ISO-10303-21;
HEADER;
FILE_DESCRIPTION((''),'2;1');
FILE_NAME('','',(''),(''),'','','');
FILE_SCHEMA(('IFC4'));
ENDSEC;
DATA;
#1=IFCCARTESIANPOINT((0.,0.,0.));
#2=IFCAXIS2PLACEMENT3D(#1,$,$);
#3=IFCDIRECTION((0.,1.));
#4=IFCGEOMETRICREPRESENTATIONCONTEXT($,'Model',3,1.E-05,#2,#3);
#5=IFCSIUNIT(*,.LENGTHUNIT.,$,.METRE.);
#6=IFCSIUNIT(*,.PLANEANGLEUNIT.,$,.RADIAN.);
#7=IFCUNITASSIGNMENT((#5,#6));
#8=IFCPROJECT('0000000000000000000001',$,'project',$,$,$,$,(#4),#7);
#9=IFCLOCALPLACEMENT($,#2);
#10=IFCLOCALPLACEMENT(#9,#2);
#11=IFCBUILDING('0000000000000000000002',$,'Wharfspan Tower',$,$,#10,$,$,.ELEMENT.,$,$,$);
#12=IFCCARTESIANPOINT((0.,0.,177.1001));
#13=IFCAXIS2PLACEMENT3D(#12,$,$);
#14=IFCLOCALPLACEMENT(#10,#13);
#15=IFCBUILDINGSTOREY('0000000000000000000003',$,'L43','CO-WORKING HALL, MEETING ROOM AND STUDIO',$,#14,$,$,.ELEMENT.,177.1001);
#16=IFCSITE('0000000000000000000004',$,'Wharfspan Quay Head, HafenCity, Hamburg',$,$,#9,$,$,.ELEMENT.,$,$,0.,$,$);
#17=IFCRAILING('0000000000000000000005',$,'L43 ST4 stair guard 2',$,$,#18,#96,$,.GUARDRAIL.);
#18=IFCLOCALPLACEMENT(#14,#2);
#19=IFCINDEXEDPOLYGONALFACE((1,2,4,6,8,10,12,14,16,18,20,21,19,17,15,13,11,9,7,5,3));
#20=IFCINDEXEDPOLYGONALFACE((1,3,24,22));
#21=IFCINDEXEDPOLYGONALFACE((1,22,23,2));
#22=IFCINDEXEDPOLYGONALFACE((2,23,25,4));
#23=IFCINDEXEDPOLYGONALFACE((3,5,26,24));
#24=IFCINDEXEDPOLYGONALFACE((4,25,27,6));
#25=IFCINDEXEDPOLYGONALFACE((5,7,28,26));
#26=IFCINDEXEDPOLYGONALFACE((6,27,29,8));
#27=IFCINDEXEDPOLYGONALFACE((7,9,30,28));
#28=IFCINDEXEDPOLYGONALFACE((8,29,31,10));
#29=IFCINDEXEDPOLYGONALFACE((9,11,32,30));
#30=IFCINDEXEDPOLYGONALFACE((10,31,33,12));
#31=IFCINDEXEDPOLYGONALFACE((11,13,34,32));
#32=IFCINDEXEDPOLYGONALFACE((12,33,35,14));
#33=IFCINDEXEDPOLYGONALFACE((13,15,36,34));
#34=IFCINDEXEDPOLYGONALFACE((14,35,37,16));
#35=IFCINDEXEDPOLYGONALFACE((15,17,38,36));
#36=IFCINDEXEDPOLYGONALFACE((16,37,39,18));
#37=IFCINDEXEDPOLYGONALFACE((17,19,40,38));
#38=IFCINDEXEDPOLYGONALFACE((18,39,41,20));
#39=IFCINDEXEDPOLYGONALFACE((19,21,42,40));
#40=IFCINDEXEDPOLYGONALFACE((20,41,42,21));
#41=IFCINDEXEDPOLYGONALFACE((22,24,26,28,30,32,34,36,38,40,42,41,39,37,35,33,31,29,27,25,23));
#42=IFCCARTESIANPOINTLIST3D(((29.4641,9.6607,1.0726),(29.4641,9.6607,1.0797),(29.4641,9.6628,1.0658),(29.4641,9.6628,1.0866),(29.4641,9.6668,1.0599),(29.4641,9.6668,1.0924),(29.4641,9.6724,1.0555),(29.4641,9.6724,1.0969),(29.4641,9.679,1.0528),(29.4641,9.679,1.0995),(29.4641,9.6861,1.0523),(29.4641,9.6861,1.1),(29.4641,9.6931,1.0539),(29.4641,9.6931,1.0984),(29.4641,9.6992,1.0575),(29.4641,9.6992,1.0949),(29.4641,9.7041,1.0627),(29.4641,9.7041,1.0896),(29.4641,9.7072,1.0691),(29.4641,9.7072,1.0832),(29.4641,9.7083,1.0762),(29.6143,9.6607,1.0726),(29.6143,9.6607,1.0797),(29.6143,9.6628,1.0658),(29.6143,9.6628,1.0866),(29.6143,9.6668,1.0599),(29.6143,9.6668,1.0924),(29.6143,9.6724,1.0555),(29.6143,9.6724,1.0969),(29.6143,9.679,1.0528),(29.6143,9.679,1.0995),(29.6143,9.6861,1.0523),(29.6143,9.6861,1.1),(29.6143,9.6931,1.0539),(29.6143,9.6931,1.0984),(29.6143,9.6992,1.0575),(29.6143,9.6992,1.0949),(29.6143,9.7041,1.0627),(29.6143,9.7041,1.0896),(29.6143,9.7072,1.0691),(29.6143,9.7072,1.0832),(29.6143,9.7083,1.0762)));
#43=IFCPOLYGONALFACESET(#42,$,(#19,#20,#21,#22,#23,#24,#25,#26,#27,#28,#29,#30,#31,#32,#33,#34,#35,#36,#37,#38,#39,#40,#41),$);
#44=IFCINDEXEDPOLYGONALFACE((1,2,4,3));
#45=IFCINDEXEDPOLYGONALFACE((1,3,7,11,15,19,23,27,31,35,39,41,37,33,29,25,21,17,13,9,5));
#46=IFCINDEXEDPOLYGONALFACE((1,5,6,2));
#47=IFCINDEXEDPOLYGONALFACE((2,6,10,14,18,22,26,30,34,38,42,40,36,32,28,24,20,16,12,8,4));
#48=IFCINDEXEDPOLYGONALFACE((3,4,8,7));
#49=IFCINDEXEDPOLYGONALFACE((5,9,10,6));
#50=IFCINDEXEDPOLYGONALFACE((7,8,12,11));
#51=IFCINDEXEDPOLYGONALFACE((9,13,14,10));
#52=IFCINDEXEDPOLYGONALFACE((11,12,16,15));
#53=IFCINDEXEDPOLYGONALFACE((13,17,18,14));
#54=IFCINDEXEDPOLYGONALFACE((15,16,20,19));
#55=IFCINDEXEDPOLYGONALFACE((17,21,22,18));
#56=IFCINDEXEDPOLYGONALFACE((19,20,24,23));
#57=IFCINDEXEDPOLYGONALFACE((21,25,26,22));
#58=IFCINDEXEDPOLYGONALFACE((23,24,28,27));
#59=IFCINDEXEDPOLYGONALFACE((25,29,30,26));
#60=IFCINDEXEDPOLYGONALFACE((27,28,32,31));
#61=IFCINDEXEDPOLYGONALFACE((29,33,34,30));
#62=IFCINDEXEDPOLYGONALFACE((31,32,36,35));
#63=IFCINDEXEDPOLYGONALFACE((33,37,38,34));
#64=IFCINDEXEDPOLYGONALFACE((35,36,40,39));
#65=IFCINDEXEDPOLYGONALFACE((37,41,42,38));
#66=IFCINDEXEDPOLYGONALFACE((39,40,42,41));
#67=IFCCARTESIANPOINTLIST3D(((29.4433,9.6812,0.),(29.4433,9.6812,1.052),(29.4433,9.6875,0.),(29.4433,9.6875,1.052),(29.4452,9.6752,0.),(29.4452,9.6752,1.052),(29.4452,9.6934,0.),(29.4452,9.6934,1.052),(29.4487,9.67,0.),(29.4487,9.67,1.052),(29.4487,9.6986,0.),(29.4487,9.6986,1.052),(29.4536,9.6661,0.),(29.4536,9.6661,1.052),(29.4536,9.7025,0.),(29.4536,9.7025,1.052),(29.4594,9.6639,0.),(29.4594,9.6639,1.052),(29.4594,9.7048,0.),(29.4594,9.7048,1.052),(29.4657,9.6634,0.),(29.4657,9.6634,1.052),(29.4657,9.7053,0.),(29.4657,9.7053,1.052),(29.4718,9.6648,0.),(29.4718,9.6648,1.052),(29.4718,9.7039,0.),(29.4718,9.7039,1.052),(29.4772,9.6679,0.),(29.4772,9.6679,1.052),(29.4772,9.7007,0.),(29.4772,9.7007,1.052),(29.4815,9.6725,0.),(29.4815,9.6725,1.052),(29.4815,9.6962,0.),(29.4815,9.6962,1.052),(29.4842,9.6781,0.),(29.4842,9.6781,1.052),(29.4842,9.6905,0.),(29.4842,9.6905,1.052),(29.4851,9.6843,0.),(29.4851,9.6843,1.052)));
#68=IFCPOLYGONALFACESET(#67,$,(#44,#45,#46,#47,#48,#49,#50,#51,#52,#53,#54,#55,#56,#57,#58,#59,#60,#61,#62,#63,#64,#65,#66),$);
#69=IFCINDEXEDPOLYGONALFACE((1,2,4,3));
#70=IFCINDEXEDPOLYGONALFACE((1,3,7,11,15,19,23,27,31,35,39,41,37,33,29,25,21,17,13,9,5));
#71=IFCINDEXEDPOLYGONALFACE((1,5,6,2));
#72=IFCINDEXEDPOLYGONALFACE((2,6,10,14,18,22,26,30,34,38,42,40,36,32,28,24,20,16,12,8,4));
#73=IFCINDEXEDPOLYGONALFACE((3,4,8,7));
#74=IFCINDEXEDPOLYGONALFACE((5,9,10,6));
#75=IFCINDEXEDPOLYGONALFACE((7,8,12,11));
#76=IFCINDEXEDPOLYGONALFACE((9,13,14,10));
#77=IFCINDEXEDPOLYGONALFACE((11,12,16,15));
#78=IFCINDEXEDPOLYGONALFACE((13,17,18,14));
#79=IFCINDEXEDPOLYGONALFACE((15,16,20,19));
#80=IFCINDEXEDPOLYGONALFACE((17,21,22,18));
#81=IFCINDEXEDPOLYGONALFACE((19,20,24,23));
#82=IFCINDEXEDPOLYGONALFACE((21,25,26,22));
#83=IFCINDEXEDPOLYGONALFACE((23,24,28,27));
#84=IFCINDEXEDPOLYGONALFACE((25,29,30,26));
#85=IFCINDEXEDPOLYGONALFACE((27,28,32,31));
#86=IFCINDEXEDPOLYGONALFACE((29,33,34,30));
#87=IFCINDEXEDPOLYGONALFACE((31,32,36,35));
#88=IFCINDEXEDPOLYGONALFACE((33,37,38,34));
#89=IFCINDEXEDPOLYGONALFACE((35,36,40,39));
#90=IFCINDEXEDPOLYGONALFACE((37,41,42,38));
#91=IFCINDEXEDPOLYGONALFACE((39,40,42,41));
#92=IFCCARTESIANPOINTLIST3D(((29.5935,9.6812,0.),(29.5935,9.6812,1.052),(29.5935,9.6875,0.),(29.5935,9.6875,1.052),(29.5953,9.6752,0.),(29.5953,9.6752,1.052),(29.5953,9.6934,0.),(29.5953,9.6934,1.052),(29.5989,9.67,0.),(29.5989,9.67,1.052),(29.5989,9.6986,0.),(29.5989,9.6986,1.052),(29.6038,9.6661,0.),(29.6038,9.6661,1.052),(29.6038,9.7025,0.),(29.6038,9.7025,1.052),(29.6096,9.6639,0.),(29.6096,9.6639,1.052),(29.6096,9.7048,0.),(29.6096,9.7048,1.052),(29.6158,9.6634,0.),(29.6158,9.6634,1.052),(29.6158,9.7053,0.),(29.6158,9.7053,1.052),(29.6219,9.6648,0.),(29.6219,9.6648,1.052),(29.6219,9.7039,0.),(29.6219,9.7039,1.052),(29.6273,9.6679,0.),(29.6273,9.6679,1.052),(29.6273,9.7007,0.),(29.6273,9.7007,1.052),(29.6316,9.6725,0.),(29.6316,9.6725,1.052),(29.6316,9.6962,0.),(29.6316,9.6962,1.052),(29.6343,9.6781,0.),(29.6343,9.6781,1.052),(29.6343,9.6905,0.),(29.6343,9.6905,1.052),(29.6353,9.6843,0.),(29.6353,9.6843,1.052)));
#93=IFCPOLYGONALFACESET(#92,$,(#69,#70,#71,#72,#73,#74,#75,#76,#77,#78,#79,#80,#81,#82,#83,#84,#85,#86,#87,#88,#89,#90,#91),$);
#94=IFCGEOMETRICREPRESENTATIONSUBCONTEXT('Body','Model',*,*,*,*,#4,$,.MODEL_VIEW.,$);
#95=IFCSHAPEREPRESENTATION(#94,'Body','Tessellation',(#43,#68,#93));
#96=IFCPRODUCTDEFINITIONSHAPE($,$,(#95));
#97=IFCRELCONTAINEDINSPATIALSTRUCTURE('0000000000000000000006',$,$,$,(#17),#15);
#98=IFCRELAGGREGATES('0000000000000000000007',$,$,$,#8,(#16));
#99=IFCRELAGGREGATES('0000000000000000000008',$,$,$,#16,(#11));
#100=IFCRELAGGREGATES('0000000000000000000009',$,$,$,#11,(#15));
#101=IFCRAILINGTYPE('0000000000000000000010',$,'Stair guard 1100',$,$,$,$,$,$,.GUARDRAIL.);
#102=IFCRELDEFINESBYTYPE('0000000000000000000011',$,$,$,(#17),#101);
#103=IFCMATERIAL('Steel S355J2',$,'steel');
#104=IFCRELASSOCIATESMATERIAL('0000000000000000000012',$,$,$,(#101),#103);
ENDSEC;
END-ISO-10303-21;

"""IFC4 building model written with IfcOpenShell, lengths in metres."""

from ifc_helpers import new_model, si_unit, direction, frame, origin, origin_2d, place, context, subcontext, project, spatial, circle, extrude, material, type_object, element, save


model = new_model("IFC4")

# Units and contexts
model_context = context("Model", 3, precision=1e-05, world=origin(), true_north=direction((0.0, 1.0)))
body_context = subcontext(model_context, "Body", "Model", "MODEL_VIEW")
ifc_project = project(units=[si_unit("LENGTHUNIT", "METRE"), si_unit("PLANEANGLEUNIT", "RADIAN")], contexts=[model_context])

# Site, building, storey
site_placement = place(None, origin())
site = spatial("IfcSite", under=ifc_project, at=site_placement, Name="Wharfspan Quay Head, HafenCity, Hamburg", CompositionType="ELEMENT", RefElevation=0.0)
building_placement = place(site_placement, origin())
building = spatial("IfcBuilding", under=site, at=building_placement, Name="Wharfspan Tower", CompositionType="ELEMENT")
storey_placement = place(building_placement, frame((0.0, 0.0, 177.1001)))
storey = spatial("IfcBuildingStorey", under=building, at=storey_placement, Name="L43", Description="CO-WORKING HALL, MEETING ROOM AND STUDIO", CompositionType="ELEMENT", Elevation=177.1001)

# Shared definitions
ifc_material_1 = material(Name="Steel S355J2", Category="steel")

# Railing
railing_type_1 = type_object("IfcRailingType", Name="Stair guard 1100", PredefinedType="GUARDRAIL", material=ifc_material_1)
railing_1_placement = place(storey_placement, frame((29.4641, 9.6843, 0.0)))
element("IfcRailing", 1, at=railing_1_placement, inside=storey, type_object=railing_type_1, Name="L43 ST4 stair guard 2", PredefinedType="GUARDRAIL", context=body_context, shape_type="SweptSolid", body=[
    extrude(circle(Radius=0.0239, at=origin_2d()), frame((0.0, 0.0, 1.0762), z_axis=(1.0, 0.0, 0.0), x_axis=(0.0, 1.0, 0.0)), (0.0, 0.0, 1.0), 0.1501),
    extrude(circle(Radius=0.021, at=origin_2d()), origin(), (0.0, 0.0, 1.0), 1.052),
    extrude(circle(Radius=0.021, at=origin_2d()), frame((0.1501, 0.0, 0.0)), (0.0, 0.0, 1.0), 1.052),
])

save(model, "model.ifc")
